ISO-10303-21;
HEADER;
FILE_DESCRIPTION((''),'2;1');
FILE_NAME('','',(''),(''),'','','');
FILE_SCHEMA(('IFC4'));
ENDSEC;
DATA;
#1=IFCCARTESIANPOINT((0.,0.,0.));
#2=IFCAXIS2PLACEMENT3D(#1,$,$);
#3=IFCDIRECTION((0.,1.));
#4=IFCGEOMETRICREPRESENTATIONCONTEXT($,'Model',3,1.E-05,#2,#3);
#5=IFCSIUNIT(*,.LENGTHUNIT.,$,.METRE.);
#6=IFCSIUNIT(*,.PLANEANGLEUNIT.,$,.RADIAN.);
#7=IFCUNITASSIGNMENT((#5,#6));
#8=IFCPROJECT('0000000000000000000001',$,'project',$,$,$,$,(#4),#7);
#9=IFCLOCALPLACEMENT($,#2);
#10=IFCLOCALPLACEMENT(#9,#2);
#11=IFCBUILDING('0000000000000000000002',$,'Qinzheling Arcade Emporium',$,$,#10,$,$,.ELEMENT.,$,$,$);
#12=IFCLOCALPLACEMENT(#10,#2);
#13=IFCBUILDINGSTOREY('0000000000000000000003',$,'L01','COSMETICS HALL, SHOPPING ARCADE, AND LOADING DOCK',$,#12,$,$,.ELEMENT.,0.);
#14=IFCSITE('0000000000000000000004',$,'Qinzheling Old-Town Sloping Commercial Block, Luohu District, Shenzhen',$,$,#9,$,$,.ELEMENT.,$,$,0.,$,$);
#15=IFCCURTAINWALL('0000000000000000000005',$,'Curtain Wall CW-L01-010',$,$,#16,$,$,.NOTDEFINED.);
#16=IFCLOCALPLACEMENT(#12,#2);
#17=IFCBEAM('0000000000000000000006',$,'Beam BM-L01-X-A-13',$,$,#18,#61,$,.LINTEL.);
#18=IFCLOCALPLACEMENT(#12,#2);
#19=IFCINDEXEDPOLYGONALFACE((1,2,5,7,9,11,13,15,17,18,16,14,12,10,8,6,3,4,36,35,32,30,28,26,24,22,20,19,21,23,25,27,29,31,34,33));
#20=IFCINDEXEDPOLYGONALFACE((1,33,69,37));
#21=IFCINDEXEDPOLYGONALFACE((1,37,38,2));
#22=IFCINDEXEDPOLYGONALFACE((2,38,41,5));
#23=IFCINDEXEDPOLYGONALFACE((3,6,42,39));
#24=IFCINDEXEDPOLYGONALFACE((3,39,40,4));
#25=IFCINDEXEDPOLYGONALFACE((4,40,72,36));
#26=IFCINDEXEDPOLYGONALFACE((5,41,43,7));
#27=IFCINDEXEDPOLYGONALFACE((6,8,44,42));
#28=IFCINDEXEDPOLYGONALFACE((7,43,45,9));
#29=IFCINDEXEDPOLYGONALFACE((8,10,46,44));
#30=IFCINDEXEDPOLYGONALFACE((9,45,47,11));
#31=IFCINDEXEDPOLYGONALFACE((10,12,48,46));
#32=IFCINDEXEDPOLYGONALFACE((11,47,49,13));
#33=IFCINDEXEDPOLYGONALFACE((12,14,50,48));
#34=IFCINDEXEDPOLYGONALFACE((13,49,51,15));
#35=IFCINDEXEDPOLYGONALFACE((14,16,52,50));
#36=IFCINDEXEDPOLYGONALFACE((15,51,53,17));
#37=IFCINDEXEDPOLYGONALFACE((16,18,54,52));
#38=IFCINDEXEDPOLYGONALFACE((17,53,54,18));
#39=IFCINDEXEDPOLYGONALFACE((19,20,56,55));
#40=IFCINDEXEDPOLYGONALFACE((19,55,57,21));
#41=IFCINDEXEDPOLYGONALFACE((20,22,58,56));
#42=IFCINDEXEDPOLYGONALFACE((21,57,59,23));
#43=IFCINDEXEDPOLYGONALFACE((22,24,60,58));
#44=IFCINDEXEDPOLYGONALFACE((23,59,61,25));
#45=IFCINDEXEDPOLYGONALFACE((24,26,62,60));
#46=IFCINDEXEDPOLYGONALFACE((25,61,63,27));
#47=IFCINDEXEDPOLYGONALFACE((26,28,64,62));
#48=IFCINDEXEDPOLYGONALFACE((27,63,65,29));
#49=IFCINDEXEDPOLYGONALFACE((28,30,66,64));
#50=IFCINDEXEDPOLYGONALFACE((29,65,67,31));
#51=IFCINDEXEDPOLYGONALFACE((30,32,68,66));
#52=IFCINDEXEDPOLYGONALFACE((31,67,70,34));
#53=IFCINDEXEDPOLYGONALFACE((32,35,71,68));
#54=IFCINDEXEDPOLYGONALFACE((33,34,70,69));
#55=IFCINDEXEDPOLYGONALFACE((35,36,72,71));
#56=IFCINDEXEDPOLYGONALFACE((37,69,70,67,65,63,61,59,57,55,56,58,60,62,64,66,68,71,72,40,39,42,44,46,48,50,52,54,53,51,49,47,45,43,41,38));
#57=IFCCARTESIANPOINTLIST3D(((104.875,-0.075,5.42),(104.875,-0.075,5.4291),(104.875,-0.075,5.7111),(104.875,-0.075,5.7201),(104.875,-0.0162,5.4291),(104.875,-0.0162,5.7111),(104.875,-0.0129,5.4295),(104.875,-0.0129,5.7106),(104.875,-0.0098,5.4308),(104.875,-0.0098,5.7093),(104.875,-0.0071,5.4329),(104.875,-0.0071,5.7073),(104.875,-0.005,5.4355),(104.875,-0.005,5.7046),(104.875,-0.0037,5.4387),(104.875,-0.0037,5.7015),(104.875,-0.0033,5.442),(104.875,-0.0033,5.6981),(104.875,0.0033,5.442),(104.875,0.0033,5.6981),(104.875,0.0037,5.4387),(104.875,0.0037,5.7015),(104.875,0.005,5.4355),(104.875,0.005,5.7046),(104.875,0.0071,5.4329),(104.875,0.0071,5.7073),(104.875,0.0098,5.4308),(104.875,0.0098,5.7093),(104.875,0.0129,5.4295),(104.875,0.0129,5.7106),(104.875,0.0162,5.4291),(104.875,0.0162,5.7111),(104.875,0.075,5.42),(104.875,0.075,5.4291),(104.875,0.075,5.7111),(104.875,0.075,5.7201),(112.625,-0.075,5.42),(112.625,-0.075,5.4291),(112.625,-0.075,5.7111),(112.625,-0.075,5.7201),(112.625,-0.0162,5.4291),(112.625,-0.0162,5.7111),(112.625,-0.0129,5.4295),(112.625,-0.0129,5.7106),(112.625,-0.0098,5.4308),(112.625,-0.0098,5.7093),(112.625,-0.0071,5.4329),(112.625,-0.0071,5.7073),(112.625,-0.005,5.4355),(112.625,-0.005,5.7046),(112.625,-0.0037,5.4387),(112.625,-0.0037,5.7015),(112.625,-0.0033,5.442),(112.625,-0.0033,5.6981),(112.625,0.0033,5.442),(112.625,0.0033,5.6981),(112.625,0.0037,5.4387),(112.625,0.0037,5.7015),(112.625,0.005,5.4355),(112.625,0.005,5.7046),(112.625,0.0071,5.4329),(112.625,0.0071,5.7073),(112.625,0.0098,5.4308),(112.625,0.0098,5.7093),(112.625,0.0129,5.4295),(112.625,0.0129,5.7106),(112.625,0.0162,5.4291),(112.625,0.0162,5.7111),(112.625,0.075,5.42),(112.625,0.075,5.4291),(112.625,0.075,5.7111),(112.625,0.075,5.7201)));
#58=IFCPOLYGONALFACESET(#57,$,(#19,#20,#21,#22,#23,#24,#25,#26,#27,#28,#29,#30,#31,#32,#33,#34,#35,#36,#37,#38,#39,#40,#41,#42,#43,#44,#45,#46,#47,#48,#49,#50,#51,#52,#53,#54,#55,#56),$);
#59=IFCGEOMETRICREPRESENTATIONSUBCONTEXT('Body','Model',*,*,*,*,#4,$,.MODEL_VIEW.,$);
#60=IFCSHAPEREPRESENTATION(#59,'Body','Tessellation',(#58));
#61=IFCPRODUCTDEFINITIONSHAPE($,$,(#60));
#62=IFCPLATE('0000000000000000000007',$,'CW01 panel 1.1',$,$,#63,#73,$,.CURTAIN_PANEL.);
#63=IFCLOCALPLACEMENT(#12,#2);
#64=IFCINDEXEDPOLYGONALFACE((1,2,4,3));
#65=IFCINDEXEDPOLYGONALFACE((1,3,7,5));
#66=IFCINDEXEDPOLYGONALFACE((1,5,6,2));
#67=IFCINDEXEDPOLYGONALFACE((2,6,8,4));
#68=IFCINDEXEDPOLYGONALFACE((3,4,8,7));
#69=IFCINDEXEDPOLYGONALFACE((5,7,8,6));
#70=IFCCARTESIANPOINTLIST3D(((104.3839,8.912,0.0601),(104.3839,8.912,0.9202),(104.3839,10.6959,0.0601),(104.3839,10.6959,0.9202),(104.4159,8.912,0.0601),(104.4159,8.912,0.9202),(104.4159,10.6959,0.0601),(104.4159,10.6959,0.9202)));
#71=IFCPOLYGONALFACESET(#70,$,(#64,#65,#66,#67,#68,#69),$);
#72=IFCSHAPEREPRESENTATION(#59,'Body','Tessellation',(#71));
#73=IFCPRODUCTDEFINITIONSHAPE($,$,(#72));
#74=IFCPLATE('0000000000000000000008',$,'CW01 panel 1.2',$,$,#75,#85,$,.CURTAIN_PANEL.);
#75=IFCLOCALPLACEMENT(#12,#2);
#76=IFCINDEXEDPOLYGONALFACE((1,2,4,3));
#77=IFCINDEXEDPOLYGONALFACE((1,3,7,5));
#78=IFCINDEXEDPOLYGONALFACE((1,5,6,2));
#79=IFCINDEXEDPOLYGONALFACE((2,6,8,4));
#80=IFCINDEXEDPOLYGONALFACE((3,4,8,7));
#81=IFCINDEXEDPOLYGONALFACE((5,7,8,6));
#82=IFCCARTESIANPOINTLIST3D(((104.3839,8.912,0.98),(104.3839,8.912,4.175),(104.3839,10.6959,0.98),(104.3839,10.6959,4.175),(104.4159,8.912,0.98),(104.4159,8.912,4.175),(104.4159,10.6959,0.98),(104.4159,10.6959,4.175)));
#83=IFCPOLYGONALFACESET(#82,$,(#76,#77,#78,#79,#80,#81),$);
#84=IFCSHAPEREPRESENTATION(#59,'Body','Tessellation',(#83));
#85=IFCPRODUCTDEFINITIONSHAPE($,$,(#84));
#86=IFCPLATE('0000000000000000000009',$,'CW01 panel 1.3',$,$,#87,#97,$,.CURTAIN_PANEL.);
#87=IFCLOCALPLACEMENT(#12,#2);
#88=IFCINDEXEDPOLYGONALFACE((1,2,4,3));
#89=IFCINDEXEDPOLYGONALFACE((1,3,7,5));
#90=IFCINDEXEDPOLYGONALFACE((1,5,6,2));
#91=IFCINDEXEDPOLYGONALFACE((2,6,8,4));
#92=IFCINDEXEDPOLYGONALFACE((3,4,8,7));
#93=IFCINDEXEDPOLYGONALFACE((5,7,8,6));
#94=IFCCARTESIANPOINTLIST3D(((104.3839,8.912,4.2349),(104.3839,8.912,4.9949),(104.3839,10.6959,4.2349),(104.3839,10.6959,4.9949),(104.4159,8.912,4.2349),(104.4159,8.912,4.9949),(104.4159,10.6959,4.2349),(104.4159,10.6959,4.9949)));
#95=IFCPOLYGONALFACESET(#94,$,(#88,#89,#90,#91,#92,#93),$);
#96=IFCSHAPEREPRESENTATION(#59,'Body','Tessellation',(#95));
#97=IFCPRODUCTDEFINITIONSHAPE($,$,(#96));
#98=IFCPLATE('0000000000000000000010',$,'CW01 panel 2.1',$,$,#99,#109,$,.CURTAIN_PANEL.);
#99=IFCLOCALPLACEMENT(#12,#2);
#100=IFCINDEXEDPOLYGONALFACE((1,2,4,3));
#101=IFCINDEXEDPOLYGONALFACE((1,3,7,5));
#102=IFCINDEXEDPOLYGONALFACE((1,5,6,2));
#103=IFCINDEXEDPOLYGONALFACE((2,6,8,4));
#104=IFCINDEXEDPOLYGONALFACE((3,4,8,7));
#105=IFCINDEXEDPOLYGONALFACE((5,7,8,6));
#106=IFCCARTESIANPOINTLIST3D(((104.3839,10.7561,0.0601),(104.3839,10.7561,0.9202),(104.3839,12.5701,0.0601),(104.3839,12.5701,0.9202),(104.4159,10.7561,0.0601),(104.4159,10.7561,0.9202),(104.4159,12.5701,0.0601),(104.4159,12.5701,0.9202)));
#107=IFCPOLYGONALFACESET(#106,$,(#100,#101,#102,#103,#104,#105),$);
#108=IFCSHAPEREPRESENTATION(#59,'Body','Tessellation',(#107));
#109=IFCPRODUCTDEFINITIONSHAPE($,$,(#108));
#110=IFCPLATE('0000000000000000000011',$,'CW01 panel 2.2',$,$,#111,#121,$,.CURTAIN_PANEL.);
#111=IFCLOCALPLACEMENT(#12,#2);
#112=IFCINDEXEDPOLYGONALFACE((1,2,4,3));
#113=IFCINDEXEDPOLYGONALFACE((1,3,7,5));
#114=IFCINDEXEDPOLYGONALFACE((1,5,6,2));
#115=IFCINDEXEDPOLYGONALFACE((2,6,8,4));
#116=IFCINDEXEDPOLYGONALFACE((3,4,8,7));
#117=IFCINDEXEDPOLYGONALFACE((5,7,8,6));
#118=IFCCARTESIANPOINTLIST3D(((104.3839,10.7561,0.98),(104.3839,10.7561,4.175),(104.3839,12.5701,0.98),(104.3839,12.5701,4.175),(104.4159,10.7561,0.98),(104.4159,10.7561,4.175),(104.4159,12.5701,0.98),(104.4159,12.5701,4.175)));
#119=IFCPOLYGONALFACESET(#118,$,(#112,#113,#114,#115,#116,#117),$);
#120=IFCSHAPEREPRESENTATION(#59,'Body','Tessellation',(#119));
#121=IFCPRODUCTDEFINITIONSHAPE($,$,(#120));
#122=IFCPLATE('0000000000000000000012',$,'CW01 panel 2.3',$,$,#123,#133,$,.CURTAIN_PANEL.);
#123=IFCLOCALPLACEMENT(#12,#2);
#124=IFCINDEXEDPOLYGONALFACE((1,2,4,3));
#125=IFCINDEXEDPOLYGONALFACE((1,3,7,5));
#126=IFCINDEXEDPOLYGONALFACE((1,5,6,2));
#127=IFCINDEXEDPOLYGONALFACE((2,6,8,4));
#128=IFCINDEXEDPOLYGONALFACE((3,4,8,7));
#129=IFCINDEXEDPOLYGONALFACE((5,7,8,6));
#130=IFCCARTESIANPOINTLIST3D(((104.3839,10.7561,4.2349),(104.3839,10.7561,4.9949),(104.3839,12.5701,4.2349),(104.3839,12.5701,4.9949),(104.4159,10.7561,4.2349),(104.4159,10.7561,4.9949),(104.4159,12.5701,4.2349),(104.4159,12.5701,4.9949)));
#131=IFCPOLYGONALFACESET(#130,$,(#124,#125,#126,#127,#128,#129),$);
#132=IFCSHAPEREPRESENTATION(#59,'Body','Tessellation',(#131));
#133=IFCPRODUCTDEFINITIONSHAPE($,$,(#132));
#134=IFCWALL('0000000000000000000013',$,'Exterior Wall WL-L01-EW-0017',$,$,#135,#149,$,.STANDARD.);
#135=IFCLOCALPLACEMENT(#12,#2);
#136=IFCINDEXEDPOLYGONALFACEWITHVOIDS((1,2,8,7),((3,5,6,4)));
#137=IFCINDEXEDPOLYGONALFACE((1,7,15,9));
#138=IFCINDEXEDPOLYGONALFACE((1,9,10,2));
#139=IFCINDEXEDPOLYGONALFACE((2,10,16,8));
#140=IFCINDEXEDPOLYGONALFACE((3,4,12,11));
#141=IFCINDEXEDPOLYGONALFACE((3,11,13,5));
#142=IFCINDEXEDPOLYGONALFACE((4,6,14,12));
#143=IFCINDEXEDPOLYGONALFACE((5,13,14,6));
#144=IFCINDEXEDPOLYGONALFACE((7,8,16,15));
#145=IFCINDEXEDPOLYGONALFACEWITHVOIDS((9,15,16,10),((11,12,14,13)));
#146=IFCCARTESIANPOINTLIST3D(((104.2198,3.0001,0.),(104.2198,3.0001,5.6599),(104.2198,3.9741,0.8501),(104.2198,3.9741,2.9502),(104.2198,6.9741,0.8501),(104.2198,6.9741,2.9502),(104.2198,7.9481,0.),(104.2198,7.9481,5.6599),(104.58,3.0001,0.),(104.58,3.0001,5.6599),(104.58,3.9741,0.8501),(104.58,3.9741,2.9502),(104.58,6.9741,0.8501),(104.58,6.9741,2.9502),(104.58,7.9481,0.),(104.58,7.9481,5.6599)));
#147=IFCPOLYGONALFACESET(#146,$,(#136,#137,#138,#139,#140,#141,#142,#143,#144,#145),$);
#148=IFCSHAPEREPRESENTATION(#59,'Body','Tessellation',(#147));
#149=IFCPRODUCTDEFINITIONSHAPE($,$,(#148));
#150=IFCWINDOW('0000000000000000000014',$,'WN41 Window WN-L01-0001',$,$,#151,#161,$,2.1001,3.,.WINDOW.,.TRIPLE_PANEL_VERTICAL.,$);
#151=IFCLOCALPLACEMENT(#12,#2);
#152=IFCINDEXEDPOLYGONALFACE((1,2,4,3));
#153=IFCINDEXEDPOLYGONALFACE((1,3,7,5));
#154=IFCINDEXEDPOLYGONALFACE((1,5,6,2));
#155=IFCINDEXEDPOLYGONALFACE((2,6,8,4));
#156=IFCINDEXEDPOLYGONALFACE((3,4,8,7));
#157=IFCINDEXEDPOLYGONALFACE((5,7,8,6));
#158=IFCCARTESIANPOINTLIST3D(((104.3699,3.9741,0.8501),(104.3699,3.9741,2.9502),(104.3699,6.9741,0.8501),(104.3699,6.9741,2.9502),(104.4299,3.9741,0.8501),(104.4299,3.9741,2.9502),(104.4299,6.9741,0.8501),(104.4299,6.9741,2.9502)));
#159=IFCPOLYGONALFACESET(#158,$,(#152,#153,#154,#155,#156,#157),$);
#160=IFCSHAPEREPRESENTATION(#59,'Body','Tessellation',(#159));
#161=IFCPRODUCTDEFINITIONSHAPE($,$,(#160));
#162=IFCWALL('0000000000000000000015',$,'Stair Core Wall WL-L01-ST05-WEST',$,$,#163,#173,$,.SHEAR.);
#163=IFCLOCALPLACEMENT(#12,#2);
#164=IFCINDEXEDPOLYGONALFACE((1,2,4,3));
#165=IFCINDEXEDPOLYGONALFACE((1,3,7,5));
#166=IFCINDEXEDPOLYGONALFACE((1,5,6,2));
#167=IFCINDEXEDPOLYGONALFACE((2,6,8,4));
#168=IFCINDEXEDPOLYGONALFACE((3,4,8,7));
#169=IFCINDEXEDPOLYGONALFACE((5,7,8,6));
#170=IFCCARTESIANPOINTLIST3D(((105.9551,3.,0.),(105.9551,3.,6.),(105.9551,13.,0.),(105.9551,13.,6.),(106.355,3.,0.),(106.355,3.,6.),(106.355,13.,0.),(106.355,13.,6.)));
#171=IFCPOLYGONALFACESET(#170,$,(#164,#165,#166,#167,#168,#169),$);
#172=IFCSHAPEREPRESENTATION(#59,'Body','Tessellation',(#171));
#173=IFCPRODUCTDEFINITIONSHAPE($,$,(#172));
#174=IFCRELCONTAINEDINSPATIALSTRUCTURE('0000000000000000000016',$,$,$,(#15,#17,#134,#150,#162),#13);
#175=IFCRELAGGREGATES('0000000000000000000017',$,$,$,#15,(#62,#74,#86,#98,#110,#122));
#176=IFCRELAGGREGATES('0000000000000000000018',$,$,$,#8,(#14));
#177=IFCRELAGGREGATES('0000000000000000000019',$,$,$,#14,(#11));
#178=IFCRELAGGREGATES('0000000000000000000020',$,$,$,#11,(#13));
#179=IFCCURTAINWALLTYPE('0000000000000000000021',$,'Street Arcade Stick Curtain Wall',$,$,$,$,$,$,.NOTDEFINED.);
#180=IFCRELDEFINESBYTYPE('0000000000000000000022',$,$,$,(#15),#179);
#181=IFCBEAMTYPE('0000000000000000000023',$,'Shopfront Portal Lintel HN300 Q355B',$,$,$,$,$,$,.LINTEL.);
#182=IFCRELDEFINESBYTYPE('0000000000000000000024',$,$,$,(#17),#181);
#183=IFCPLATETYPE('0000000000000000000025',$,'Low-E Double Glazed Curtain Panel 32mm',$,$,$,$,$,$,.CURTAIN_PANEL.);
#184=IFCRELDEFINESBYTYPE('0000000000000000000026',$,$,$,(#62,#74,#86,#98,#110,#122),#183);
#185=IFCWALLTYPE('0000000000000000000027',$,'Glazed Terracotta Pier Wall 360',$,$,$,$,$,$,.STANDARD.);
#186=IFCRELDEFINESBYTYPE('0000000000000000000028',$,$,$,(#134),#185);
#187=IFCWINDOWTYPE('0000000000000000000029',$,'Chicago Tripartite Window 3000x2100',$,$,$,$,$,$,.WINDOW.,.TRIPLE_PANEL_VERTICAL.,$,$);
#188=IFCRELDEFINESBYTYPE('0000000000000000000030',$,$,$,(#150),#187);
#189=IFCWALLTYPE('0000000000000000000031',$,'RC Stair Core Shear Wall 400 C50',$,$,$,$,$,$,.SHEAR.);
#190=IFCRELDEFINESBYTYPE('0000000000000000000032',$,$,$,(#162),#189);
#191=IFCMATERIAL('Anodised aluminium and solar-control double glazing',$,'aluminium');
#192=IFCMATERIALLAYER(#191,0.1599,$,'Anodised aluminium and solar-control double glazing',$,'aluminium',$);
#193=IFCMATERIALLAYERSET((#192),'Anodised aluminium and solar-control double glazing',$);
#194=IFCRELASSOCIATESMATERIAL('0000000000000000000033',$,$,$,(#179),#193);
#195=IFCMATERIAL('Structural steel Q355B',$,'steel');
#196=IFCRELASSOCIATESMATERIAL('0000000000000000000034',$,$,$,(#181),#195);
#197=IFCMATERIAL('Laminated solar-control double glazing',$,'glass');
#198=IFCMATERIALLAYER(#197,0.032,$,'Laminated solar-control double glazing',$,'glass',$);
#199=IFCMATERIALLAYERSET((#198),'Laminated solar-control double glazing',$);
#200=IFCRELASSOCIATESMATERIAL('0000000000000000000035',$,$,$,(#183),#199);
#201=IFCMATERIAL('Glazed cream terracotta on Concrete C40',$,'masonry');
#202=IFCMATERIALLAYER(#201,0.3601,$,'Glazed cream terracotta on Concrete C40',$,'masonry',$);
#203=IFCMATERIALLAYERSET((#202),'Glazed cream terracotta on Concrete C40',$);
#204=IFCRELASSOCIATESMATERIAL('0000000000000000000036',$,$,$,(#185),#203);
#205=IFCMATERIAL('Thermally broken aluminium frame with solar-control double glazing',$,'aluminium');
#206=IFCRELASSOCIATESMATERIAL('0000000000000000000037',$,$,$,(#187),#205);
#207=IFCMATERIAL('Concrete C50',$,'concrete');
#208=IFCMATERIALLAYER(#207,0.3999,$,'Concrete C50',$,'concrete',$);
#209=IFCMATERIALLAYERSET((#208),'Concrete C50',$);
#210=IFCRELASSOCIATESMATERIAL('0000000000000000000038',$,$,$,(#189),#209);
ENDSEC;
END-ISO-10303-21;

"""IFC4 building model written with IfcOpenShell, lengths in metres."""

from ifc_helpers import new_model, si_unit, direction, frame, frame_2d, origin, origin_2d, place, context, subcontext, project, spatial, rectangle, i_section, extrude, material, layer, layer_set, material_profile, profile_set, type_object, element, fill, aggregate, save


model = new_model("IFC4")

# Units and contexts
model_context = context("Model", 3, precision=1e-05, world=origin(), true_north=direction((0.0, 1.0)))
body_context = subcontext(model_context, "Body", "Model", "MODEL_VIEW")
ifc_project = project(units=[si_unit("LENGTHUNIT", "METRE"), si_unit("PLANEANGLEUNIT", "RADIAN")], contexts=[model_context])

# Site, building, storey
site_placement = place(None, origin())
site = spatial("IfcSite", under=ifc_project, at=site_placement, Name="Qinzheling Old-Town Sloping Commercial Block, Luohu District, Shenzhen", CompositionType="ELEMENT", RefElevation=0.0)
building_placement = place(site_placement, origin())
building = spatial("IfcBuilding", under=site, at=building_placement, Name="Qinzheling Arcade Emporium", CompositionType="ELEMENT")
storey_placement = place(building_placement, origin())
storey = spatial("IfcBuildingStorey", under=building, at=storey_placement, Name="L01", Description="COSMETICS HALL, SHOPPING ARCADE, AND LOADING DOCK", CompositionType="ELEMENT", Elevation=0.0)

# Shared definitions
ifc_material_1 = material(Name="Concrete C50", Category="concrete")

# Curtain wall
ifc_material_2 = material(Name="Anodised aluminium and solar-control double glazing", Category="aluminium")
ifc_layer_1 = layer(ifc_material_2, 0.1599, Name="Anodised aluminium and solar-control double glazing", Category="aluminium")
ifc_layer_set_1 = layer_set([ifc_layer_1], Name="Anodised aluminium and solar-control double glazing")
curtain_wall_type = type_object("IfcCurtainWallType", Name="Street Arcade Stick Curtain Wall", PredefinedType="NOTDEFINED", material=ifc_layer_set_1)
curtain_wall_placement = place(storey_placement, origin())
curtain_wall = element("IfcCurtainWall", 1, at=curtain_wall_placement, inside=storey, type_object=curtain_wall_type, Name="Curtain Wall CW-L01-010", PredefinedType="NOTDEFINED")

# Beam
ifc_material_3 = material(Name="Structural steel Q355B", Category="steel")
ifc_material_profile_1 = material_profile(ifc_material_3, i_section(OverallWidth=0.1499, OverallDepth=0.3, WebThickness=0.0066, FlangeThickness=0.009, FilletRadius=0.0129, at=origin_2d()), Name="HN 300x150x6.5x9", Category="steel")
ifc_profile_set_1 = profile_set([ifc_material_profile_1], Name="Structural steel Q355B")
beam_type_1 = type_object("IfcBeamType", Name="Shopfront Portal Lintel HN300 Q355B", PredefinedType="LINTEL", material=ifc_profile_set_1)
beam_1_placement = place(storey_placement, frame((104.875, 0.0, 5.5701), z_axis=(1.0, 0.0, 0.0), x_axis=(0.0, 1.0, 0.0)))
element("IfcBeam", 2, at=beam_1_placement, inside=storey, type_object=beam_type_1, Name="Beam BM-L01-X-A-13", PredefinedType="LINTEL", context=body_context, shape_type="SweptSolid", body=[
    extrude(i_section(OverallWidth=0.1499, OverallDepth=0.3, WebThickness=0.0066, FlangeThickness=0.009, FilletRadius=0.0129, at=origin_2d()), origin(), (0.0, 0.0, 1.0), 7.75),
])

# Plates
ifc_material_4 = material(Name="Laminated solar-control double glazing", Category="glass")
ifc_layer_2 = layer(ifc_material_4, 0.032, Name="Laminated solar-control double glazing", Category="glass")
ifc_layer_set_2 = layer_set([ifc_layer_2], Name="Laminated solar-control double glazing")
plate_type = type_object("IfcPlateType", Name="Low-E Double Glazed Curtain Panel 32mm", PredefinedType="CURTAIN_PANEL", material=ifc_layer_set_2)
plate_1_placement = place(storey_placement, frame((104.3999, 9.804, 0.0601), z_axis=(0.0, 0.0, 1.0), x_axis=(0.0, 1.0, 0.0)))
plate_1 = element("IfcPlate", 3, at=plate_1_placement, type_object=plate_type, Name="CW01 panel 1.1", PredefinedType="CURTAIN_PANEL", context=body_context, shape_type="SweptSolid", body=[
    extrude(rectangle(XDim=1.7839, YDim=0.032, at=origin_2d()), origin(), (0.0, 0.0, 1.0), 0.8601),
])
plate_2_placement = place(storey_placement, frame((104.3999, 9.804, 0.98), z_axis=(0.0, 0.0, 1.0), x_axis=(0.0, 1.0, 0.0)))
plate_2 = element("IfcPlate", 4, at=plate_2_placement, type_object=plate_type, Name="CW01 panel 1.2", PredefinedType="CURTAIN_PANEL", context=body_context, shape_type="SweptSolid", body=[
    extrude(rectangle(XDim=1.7839, YDim=0.032, at=origin_2d()), origin(), (0.0, 0.0, 1.0), 3.1951),
])
plate_3_placement = place(storey_placement, frame((104.3999, 9.804, 4.2349), z_axis=(0.0, 0.0, 1.0), x_axis=(0.0, 1.0, 0.0)))
plate_3 = element("IfcPlate", 5, at=plate_3_placement, type_object=plate_type, Name="CW01 panel 1.3", PredefinedType="CURTAIN_PANEL", context=body_context, shape_type="SweptSolid", body=[
    extrude(rectangle(XDim=1.7839, YDim=0.032, at=origin_2d()), origin(), (0.0, 0.0, 1.0), 0.76),
])
plate_4_placement = place(storey_placement, frame((104.3999, 11.6631, 0.0601), z_axis=(0.0, 0.0, 1.0), x_axis=(0.0, 1.0, 0.0)))
plate_4 = element("IfcPlate", 6, at=plate_4_placement, type_object=plate_type, Name="CW01 panel 2.1", PredefinedType="CURTAIN_PANEL", context=body_context, shape_type="SweptSolid", body=[
    extrude(rectangle(XDim=1.814, YDim=0.032, at=origin_2d()), origin(), (0.0, 0.0, 1.0), 0.8601),
])
plate_5_placement = place(storey_placement, frame((104.3999, 11.6631, 0.98), z_axis=(0.0, 0.0, 1.0), x_axis=(0.0, 1.0, 0.0)))
plate_5 = element("IfcPlate", 7, at=plate_5_placement, type_object=plate_type, Name="CW01 panel 2.2", PredefinedType="CURTAIN_PANEL", context=body_context, shape_type="SweptSolid", body=[
    extrude(rectangle(XDim=1.814, YDim=0.032, at=origin_2d()), origin(), (0.0, 0.0, 1.0), 3.1951),
])
plate_6_placement = place(storey_placement, frame((104.3999, 11.6631, 4.2349), z_axis=(0.0, 0.0, 1.0), x_axis=(0.0, 1.0, 0.0)))
plate_6 = element("IfcPlate", 8, at=plate_6_placement, type_object=plate_type, Name="CW01 panel 2.3", PredefinedType="CURTAIN_PANEL", context=body_context, shape_type="SweptSolid", body=[
    extrude(rectangle(XDim=1.814, YDim=0.032, at=origin_2d()), origin(), (0.0, 0.0, 1.0), 0.76),
])
aggregate(curtain_wall, [plate_1, plate_2, plate_3, plate_4, plate_5, plate_6])

# Wall, opening, window
ifc_material_5 = material(Name="Glazed cream terracotta on Concrete C40", Category="masonry")
ifc_layer_3 = layer(ifc_material_5, 0.3601, Name="Glazed cream terracotta on Concrete C40", Category="masonry")
ifc_layer_set_3 = layer_set([ifc_layer_3], Name="Glazed cream terracotta on Concrete C40")
wall_type_1 = type_object("IfcWallType", Name="Glazed Terracotta Pier Wall 360", PredefinedType="STANDARD", material=ifc_layer_set_3)
wall_1_placement = place(storey_placement, frame((104.3999, 3.0, 0.0), z_axis=(0.0, 0.0, 1.0), x_axis=(0.0, 1.0, 0.0)))
wall_1 = element("IfcWall", 9, at=wall_1_placement, inside=storey, type_object=wall_type_1, Name="Exterior Wall WL-L01-EW-0017", PredefinedType="STANDARD", context=body_context, shape_type="SweptSolid", body=[
    extrude(rectangle(XDim=4.948, YDim=0.3601, at=frame_2d((2.4741, 0.0))), origin(), (0.0, 0.0, 1.0), 5.6599),
])
opening_placement = place(wall_1_placement, frame((0.9741, 0.0, 0.8501)))
opening = element("IfcOpeningElement", 10, at=opening_placement, cuts=wall_1, PredefinedType="OPENING", context=body_context, shape_type="SweptSolid", body=[
    extrude(rectangle(XDim=3.0, YDim=2.1001, at=frame_2d((1.5, 1.05))), frame((0.0, 0.1899, 0.0), z_axis=(0.0, -1.0, 0.0), x_axis=(1.0, 0.0, 0.0)), (0.0, 0.0, 1.0), 0.3801),
])
ifc_material_6 = material(Name="Thermally broken aluminium frame with solar-control double glazing", Category="aluminium")
window_type = type_object("IfcWindowType", Name="Chicago Tripartite Window 3000x2100", PartitioningType="TRIPLE_PANEL_VERTICAL", PredefinedType="WINDOW", material=ifc_material_6)
window_placement = place(opening_placement, origin())
window = element("IfcWindow", 11, at=window_placement, inside=storey, type_object=window_type, Name="WN41 Window WN-L01-0001", OverallHeight=2.1001, OverallWidth=3.0, PartitioningType="TRIPLE_PANEL_VERTICAL", PredefinedType="WINDOW", context=body_context, shape_type="SweptSolid", body=[
    extrude(rectangle(XDim=3.0, YDim=2.1001, at=frame_2d((1.5, 1.05))), frame((0.0, 0.03, 0.0), z_axis=(0.0, -1.0, 0.0), x_axis=(1.0, 0.0, 0.0)), (0.0, 0.0, 1.0), 0.0601),
])
fill(opening, window)

# Wall
ifc_layer_4 = layer(ifc_material_1, 0.3999, Name="Concrete C50", Category="concrete")
ifc_layer_set_4 = layer_set([ifc_layer_4], Name="Concrete C50")
wall_type_2 = type_object("IfcWallType", Name="RC Stair Core Shear Wall 400 C50", PredefinedType="SHEAR", material=ifc_layer_set_4)
wall_2_placement = place(storey_placement, frame((106.155, 3.0, 0.0), z_axis=(0.0, 0.0, 1.0), x_axis=(0.0, 1.0, 0.0)))
element("IfcWall", 12, at=wall_2_placement, inside=storey, type_object=wall_type_2, Name="Stair Core Wall WL-L01-ST05-WEST", PredefinedType="SHEAR", context=body_context, shape_type="SweptSolid", body=[
    extrude(rectangle(XDim=10.0, YDim=0.3999, at=frame_2d((5.0, 0.0))), origin(), (0.0, 0.0, 1.0), 6.0),
])

save(model, "model.ifc")
